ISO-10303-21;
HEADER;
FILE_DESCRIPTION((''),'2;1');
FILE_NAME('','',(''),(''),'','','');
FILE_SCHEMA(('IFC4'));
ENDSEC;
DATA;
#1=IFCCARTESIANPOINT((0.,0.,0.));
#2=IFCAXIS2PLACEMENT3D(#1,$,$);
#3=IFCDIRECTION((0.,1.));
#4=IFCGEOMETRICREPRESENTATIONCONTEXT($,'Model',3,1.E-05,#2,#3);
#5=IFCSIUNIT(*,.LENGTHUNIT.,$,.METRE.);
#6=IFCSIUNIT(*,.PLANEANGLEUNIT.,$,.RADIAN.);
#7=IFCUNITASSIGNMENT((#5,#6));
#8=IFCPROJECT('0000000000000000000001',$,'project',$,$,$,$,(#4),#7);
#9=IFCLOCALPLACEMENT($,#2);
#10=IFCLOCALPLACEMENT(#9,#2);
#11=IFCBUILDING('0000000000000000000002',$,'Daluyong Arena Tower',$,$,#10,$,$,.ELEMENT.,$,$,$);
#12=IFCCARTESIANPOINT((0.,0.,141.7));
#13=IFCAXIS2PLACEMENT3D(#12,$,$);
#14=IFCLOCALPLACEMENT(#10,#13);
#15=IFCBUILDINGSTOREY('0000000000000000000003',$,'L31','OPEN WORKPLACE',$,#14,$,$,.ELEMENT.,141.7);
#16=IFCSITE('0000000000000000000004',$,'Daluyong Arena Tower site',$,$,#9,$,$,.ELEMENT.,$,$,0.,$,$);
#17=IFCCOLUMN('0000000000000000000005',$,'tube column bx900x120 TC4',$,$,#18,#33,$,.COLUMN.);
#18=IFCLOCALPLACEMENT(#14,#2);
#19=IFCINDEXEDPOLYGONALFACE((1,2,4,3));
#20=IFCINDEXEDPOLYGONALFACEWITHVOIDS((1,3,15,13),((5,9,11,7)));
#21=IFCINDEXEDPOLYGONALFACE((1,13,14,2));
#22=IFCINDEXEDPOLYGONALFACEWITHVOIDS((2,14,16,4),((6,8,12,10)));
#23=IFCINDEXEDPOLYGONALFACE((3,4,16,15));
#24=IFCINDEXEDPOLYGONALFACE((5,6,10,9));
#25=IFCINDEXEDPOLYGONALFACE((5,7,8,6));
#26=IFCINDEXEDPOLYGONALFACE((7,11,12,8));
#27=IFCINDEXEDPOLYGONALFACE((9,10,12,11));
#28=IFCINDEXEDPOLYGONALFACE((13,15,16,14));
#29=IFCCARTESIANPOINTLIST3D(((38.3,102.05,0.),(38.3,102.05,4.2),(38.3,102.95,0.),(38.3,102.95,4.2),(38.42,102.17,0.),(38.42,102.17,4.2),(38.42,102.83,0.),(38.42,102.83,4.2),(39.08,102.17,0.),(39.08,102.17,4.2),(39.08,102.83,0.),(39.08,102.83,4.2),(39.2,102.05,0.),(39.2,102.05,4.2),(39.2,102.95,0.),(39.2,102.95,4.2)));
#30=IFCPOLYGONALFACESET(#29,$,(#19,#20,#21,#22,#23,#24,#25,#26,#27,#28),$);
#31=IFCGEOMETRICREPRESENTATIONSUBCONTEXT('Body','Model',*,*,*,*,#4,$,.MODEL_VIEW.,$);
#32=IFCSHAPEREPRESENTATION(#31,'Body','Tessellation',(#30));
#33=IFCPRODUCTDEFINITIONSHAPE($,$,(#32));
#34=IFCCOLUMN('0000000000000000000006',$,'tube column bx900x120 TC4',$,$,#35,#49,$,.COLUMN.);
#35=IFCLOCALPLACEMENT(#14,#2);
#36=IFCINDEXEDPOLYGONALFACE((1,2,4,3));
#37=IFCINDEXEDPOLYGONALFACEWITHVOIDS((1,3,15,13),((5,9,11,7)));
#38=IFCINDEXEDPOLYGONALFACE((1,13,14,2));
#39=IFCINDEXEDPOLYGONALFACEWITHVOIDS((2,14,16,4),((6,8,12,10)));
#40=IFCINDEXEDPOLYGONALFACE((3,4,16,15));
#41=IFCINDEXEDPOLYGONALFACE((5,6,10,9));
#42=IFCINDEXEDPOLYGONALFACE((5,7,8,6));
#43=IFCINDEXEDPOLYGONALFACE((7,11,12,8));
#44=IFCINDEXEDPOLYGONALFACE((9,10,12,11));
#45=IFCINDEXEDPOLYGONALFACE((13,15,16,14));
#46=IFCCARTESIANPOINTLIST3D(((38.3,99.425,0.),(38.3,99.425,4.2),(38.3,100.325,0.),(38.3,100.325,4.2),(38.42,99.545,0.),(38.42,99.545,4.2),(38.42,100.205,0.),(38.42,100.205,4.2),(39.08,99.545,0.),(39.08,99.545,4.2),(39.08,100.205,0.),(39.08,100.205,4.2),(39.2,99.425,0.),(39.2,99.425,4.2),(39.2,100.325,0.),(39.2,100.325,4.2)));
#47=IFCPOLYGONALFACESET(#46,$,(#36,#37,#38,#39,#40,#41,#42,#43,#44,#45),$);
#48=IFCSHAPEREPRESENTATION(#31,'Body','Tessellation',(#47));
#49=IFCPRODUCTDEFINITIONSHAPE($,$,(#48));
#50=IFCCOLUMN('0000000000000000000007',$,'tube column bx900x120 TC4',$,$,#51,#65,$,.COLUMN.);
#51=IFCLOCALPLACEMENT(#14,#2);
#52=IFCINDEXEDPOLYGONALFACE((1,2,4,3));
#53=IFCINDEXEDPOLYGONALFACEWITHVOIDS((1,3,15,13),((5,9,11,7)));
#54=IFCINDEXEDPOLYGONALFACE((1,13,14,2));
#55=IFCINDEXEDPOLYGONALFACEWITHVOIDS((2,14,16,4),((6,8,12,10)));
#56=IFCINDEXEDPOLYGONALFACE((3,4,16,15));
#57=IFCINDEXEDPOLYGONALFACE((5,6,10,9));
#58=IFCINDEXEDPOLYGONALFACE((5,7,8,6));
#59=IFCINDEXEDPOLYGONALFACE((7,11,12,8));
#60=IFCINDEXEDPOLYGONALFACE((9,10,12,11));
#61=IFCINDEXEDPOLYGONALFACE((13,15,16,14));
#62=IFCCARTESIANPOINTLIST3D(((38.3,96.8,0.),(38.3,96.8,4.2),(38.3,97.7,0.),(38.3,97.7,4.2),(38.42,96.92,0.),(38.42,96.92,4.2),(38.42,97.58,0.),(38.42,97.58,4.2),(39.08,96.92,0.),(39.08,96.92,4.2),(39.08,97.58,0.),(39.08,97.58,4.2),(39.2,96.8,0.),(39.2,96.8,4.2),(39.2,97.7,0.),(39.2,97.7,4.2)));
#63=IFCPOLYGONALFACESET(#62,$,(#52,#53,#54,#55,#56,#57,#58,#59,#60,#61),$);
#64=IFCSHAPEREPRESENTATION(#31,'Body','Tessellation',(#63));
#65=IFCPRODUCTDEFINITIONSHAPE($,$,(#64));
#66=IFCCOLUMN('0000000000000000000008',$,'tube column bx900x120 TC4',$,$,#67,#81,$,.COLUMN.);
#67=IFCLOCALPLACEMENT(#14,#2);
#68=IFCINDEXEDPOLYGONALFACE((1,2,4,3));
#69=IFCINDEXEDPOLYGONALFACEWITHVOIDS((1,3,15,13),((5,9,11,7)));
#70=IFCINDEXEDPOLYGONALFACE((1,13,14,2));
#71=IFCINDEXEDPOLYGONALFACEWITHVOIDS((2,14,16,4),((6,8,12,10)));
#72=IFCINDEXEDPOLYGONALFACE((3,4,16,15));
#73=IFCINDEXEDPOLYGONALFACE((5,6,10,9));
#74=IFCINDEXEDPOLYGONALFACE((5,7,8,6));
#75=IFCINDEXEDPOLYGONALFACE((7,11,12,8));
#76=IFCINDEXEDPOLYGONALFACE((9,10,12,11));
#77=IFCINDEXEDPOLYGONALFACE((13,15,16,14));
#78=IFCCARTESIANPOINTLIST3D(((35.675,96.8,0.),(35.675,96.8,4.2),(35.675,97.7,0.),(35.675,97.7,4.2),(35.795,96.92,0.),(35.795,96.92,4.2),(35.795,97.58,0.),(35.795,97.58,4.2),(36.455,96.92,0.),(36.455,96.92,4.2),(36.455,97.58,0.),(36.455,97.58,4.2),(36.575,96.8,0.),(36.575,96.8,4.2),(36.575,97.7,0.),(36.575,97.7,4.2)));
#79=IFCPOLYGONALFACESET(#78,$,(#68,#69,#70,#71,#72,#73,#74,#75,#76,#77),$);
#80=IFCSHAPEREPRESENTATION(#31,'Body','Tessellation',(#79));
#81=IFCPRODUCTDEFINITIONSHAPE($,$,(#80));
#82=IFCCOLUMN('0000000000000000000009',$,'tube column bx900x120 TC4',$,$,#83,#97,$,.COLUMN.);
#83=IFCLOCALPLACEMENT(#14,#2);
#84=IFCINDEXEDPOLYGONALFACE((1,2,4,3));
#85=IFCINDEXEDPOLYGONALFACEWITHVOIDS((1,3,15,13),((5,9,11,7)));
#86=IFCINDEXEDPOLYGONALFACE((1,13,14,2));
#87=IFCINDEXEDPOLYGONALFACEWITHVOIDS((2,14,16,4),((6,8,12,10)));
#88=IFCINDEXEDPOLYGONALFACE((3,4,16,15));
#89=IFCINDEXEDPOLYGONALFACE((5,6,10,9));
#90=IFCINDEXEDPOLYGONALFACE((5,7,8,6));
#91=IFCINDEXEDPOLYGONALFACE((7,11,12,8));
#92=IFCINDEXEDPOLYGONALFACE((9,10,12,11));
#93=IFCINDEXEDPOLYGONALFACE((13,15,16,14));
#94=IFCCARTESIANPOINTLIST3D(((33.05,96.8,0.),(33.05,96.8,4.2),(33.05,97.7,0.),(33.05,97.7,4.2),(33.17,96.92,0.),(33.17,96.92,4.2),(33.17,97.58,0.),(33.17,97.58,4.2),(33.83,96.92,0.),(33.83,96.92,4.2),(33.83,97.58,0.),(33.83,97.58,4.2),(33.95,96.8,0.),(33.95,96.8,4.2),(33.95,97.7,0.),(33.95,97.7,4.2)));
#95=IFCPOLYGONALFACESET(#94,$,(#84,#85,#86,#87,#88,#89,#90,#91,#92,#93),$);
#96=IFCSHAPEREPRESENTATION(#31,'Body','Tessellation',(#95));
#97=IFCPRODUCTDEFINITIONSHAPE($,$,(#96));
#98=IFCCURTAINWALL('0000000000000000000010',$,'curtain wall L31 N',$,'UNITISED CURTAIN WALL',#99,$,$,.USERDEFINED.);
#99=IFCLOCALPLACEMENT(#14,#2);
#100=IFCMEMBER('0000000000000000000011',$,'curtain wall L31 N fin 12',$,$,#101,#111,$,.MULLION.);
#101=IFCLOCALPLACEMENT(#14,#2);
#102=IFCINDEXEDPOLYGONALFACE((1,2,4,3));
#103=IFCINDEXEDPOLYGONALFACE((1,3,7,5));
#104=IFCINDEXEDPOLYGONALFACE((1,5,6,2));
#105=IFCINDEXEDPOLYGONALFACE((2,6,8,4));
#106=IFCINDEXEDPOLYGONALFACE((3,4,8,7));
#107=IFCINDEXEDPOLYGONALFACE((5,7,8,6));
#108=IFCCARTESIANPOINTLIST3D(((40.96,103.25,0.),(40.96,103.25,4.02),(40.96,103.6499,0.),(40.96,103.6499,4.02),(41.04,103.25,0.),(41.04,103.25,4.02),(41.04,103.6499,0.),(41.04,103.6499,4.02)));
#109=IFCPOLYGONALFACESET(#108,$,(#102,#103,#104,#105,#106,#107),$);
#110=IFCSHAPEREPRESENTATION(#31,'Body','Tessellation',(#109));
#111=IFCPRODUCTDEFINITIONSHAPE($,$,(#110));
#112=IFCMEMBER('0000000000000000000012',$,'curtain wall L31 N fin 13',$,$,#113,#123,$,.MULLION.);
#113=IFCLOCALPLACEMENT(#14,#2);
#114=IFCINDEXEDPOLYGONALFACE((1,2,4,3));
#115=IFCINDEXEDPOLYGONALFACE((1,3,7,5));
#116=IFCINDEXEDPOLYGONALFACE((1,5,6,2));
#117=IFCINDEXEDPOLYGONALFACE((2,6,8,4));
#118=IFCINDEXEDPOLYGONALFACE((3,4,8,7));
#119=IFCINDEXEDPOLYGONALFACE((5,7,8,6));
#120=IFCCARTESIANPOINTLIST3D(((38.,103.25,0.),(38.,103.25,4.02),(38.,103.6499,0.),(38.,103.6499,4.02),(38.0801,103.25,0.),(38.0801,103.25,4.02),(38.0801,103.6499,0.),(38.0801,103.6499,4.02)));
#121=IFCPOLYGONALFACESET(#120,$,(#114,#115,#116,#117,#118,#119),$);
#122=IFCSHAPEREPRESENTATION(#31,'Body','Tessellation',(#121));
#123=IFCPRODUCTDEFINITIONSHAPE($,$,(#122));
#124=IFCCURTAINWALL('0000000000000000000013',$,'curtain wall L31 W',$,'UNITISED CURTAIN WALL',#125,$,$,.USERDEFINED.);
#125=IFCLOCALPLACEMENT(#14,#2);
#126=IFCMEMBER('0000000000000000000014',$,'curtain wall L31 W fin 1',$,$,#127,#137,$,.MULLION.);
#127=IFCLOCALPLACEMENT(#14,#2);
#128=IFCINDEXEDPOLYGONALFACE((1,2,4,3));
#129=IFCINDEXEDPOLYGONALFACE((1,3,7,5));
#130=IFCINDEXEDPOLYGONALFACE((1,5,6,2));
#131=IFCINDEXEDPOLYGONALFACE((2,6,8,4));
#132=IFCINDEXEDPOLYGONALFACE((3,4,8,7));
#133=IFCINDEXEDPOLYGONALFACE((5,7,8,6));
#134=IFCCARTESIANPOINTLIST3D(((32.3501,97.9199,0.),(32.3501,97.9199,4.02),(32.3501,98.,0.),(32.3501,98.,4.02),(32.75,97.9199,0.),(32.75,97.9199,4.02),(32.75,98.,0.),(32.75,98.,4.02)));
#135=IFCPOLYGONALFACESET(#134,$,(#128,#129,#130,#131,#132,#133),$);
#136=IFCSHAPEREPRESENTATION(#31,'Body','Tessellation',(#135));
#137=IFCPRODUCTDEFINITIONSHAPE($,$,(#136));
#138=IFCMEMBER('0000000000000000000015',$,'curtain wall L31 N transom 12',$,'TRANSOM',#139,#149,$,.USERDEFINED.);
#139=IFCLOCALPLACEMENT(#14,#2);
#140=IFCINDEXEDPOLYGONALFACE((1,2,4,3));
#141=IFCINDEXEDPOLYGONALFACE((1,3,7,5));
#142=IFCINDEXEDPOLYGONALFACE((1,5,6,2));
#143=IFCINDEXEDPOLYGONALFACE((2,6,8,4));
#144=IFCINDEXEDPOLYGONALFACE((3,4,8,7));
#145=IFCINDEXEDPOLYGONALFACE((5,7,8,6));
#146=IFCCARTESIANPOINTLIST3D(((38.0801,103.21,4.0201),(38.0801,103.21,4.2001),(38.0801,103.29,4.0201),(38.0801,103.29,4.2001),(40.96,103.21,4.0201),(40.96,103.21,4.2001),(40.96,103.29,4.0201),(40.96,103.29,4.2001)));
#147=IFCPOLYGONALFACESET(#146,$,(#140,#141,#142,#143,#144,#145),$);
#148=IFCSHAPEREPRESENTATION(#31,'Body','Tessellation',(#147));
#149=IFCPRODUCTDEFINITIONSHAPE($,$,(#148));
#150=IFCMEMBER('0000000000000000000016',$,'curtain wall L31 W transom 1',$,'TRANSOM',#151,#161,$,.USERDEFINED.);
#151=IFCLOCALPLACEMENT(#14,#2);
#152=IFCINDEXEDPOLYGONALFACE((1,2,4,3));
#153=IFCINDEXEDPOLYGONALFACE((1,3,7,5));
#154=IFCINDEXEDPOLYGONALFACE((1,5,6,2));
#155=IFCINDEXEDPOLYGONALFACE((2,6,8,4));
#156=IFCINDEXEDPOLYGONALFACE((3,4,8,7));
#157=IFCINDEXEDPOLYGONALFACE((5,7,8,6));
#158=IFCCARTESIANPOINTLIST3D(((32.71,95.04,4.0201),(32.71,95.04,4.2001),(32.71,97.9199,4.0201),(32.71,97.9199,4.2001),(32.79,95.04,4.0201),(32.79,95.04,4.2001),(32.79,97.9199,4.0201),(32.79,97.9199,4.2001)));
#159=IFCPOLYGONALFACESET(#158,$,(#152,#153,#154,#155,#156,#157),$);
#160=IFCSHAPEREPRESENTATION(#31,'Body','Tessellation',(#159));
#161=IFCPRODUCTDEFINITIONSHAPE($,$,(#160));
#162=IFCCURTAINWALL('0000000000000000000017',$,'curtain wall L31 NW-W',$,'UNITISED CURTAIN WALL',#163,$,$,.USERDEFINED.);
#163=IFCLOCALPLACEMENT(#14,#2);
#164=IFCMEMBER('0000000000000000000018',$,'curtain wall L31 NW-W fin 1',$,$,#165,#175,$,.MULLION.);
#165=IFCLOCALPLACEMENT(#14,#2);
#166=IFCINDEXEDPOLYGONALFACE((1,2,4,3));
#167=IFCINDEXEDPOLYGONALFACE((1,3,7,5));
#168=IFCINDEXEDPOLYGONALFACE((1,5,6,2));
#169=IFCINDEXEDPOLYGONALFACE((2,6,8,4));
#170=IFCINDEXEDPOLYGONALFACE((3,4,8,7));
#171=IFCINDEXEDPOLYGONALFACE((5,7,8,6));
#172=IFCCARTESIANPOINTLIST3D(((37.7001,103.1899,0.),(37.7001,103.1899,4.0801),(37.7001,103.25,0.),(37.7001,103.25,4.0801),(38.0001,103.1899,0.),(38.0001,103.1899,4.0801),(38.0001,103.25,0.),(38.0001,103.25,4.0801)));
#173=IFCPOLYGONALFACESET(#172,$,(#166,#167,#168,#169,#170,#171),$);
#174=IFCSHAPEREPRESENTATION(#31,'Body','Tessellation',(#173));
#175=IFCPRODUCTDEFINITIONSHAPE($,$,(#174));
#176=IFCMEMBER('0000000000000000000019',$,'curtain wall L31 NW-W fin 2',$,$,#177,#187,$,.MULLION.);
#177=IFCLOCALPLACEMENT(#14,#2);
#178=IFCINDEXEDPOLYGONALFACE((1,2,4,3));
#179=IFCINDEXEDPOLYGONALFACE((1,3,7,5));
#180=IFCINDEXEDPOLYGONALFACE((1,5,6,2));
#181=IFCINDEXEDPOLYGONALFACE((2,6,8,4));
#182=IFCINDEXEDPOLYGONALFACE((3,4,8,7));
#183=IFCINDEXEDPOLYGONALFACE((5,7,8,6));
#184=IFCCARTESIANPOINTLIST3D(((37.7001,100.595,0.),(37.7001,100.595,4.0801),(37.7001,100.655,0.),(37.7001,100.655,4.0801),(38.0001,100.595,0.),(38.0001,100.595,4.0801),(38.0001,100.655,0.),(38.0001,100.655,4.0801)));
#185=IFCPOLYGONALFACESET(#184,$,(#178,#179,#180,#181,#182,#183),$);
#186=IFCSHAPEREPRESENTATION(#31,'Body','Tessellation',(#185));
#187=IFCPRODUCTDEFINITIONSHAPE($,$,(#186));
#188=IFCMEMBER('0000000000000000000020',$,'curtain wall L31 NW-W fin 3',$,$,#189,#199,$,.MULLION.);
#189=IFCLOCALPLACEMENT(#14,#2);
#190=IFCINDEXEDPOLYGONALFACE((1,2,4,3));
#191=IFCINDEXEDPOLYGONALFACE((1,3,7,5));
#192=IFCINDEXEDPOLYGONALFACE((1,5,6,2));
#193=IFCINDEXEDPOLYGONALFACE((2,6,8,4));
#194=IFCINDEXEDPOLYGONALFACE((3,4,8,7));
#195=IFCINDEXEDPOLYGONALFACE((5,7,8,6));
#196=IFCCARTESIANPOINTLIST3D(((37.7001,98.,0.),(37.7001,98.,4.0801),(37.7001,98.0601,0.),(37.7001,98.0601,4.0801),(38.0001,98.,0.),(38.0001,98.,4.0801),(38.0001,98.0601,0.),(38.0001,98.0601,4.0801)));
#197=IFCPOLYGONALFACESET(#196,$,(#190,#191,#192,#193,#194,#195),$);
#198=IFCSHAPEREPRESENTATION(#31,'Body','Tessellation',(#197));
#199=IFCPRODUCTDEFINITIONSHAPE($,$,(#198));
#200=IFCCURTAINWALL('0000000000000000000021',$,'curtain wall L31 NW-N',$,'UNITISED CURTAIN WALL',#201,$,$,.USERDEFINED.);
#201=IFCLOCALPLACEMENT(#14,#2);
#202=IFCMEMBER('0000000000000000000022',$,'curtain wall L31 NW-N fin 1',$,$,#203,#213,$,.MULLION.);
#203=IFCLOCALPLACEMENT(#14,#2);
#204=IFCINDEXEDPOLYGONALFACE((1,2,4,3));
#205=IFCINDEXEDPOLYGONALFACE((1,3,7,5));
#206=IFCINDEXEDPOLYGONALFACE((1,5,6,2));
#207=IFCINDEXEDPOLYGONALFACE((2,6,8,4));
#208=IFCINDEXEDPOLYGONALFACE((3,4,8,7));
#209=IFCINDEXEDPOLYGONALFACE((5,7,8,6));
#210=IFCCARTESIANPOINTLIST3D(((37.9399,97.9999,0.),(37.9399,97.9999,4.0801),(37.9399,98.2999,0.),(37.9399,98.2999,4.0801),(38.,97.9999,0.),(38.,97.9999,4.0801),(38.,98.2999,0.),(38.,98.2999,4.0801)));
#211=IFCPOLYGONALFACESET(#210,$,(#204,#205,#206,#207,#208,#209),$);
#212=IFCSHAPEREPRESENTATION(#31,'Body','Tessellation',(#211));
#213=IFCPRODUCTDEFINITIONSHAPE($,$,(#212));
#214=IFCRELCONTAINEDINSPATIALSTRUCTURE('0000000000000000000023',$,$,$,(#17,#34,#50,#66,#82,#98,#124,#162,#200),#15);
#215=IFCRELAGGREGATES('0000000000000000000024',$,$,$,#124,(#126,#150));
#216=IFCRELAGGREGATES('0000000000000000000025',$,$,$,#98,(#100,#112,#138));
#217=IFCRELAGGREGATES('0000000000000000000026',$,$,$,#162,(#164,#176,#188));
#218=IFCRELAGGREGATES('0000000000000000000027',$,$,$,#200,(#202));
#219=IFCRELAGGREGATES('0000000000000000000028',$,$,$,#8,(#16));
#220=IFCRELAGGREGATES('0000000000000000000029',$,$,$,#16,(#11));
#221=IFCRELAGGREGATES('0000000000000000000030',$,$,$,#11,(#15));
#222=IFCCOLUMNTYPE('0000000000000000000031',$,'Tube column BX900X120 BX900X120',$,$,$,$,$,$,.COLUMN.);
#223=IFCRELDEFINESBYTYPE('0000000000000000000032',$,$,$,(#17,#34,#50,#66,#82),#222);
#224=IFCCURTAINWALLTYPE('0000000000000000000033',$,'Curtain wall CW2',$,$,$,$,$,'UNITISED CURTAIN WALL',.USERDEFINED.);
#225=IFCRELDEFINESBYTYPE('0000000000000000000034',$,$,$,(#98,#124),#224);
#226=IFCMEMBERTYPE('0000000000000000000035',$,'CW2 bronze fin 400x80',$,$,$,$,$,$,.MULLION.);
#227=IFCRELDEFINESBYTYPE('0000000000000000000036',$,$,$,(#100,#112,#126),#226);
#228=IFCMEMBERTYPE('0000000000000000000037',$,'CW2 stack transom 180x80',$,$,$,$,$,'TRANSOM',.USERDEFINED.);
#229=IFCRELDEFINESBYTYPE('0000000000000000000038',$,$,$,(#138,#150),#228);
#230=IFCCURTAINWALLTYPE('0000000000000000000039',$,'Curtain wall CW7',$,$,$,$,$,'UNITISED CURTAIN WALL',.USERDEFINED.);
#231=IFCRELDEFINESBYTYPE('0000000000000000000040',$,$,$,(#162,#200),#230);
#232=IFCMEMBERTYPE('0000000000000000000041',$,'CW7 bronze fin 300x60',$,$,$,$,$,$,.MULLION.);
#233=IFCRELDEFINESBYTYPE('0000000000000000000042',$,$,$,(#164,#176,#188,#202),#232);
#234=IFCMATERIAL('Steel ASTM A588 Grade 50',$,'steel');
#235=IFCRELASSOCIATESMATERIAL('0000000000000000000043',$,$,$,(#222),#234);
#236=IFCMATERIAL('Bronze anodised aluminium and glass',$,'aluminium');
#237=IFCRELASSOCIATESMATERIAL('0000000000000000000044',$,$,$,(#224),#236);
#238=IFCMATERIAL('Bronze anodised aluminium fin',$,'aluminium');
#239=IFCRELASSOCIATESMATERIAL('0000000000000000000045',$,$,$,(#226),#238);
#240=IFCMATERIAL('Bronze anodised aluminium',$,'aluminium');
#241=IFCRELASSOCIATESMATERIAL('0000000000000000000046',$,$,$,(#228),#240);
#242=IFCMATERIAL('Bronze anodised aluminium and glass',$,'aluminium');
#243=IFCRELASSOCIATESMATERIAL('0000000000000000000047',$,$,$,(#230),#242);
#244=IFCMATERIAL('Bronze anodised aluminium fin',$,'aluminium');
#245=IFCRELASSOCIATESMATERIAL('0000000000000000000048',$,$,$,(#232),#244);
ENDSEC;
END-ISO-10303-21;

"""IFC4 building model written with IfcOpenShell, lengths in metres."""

from ifc_helpers import new_model, si_unit, direction, frame, origin, origin_2d, place, context, subcontext, project, spatial, rectangle, hollow_rectangle, extrude, material, material_profile, profile_set, type_object, element, aggregate, save


model = new_model("IFC4")

# Units and contexts
model_context = context("Model", 3, precision=1e-05, world=origin(), true_north=direction((0.0, 1.0)))
body_context = subcontext(model_context, "Body", "Model", "MODEL_VIEW")
ifc_project = project(units=[si_unit("LENGTHUNIT", "METRE"), si_unit("PLANEANGLEUNIT", "RADIAN")], contexts=[model_context])

# Site, building, storey
site_placement = place(None, origin())
site = spatial("IfcSite", under=ifc_project, at=site_placement, Name="Daluyong Arena Tower site", CompositionType="ELEMENT", RefElevation=0.0)
building_placement = place(site_placement, origin())
building = spatial("IfcBuilding", under=site, at=building_placement, Name="Daluyong Arena Tower", CompositionType="ELEMENT")
storey_placement = place(building_placement, frame((0.0, 0.0, 141.7)))
storey = spatial("IfcBuildingStorey", under=building, at=storey_placement, Name="L31", Description="OPEN WORKPLACE", CompositionType="ELEMENT", Elevation=141.7)

# Columns
ifc_material_1 = material(Name="Steel ASTM A588 Grade 50", Category="steel")
ifc_material_profile_1 = material_profile(ifc_material_1, hollow_rectangle(XDim=0.8999, YDim=0.8999, WallThickness=0.12, at=origin_2d()))
ifc_profile_set_1 = profile_set([ifc_material_profile_1], Name="Steel ASTM A588 Grade 50")
column_type = type_object("IfcColumnType", Name="Tube column BX900X120 BX900X120", PredefinedType="COLUMN", material=ifc_profile_set_1)
for number, where, z_axis, x_axis, name in (
    (1, (38.75, 102.5, 0.0), (0.0, 0.0, 1.0), (0.0, 1.0, 0.0), "tube column bx900x120 TC4"),
    (2, (38.75, 99.875, 0.0), (0.0, 0.0, 1.0), (0.0, 1.0, 0.0), "tube column bx900x120 TC4"),
    (3, (38.75, 97.25, 0.0), (0.0, 0.0, 1.0), (1.0, 0.0, 0.0), "tube column bx900x120 TC4"),
    (4, (36.125, 97.25, 0.0), (0.0, 0.0, 1.0), (1.0, 0.0, 0.0), "tube column bx900x120 TC4"),
    (5, (33.5, 97.25, 0.0), (0.0, 0.0, 1.0), (0.0, 1.0, 0.0), "tube column bx900x120 TC4"),
):
    element("IfcColumn", number, at=place(storey_placement, frame(where, z_axis=z_axis, x_axis=x_axis)), inside=storey, type_object=column_type, Name=name, PredefinedType="COLUMN", context=body_context, shape_type="SweptSolid", body=[
        extrude(hollow_rectangle(XDim=0.8999, YDim=0.8999, WallThickness=0.12, at=origin_2d()), origin(), (0.0, 0.0, 1.0), 4.2),
    ])

# Curtain wall, members
ifc_material_2 = material(Name="Bronze anodised aluminium and glass", Category="aluminium")
curtain_wall_type_1 = type_object("IfcCurtainWallType", Name="Curtain wall CW2", ElementType="UNITISED CURTAIN WALL", PredefinedType="USERDEFINED", material=ifc_material_2)
curtain_wall_1_placement = place(storey_placement, origin())
curtain_wall_1 = element("IfcCurtainWall", 6, at=curtain_wall_1_placement, inside=storey, type_object=curtain_wall_type_1, Name="curtain wall L31 N", ObjectType="UNITISED CURTAIN WALL", PredefinedType="USERDEFINED")
ifc_material_3 = material(Name="Bronze anodised aluminium fin", Category="aluminium")
ifc_material_profile_2 = material_profile(ifc_material_3, rectangle(XDim=0.3999, YDim=0.0801, at=origin_2d()))
ifc_profile_set_2 = profile_set([ifc_material_profile_2], Name="Bronze anodised aluminium fin")
member_type_1 = type_object("IfcMemberType", Name="CW2 bronze fin 400x80", PredefinedType="MULLION", material=ifc_profile_set_2)
member_1_placement = place(storey_placement, frame((41.0, 103.45, 0.0), z_axis=(0.0, 0.0, 1.0), x_axis=(0.0, -1.0, 0.0)))
member_1 = element("IfcMember", 7, at=member_1_placement, type_object=member_type_1, Name="curtain wall L31 N fin 12", PredefinedType="MULLION", context=body_context, shape_type="SweptSolid", body=[
    extrude(rectangle(XDim=0.3999, YDim=0.0801, at=origin_2d()), origin(), (0.0, 0.0, 1.0), 4.02),
])
member_2_placement = place(storey_placement, frame((38.04, 103.45, 0.0), z_axis=(0.0, 0.0, 1.0), x_axis=(0.0, -1.0, 0.0)))
member_2 = element("IfcMember", 8, at=member_2_placement, type_object=member_type_1, Name="curtain wall L31 N fin 13", PredefinedType="MULLION", context=body_context, shape_type="SweptSolid", body=[
    extrude(rectangle(XDim=0.3999, YDim=0.0801, at=origin_2d()), origin(), (0.0, 0.0, 1.0), 4.02),
])

# Curtain wall, member
curtain_wall_2_placement = place(storey_placement, origin())
curtain_wall_2 = element("IfcCurtainWall", 9, at=curtain_wall_2_placement, inside=storey, type_object=curtain_wall_type_1, Name="curtain wall L31 W", ObjectType="UNITISED CURTAIN WALL", PredefinedType="USERDEFINED")
member_3_placement = place(storey_placement, frame((32.55, 97.96, 0.0), z_axis=(0.0, 0.0, 1.0), x_axis=(1.0, 0.0, 0.0)))
member_3 = element("IfcMember", 10, at=member_3_placement, type_object=member_type_1, Name="curtain wall L31 W fin 1", PredefinedType="MULLION", context=body_context, shape_type="SweptSolid", body=[
    extrude(rectangle(XDim=0.3999, YDim=0.0801, at=origin_2d()), origin(), (0.0, 0.0, 1.0), 4.02),
])

# Members
ifc_material_4 = material(Name="Bronze anodised aluminium", Category="aluminium")
ifc_material_profile_3 = material_profile(ifc_material_4, rectangle(XDim=0.0801, YDim=0.1799, at=origin_2d()))
ifc_profile_set_3 = profile_set([ifc_material_profile_3], Name="Bronze anodised aluminium")
member_type_2 = type_object("IfcMemberType", Name="CW2 stack transom 180x80", ElementType="TRANSOM", PredefinedType="USERDEFINED", material=ifc_profile_set_3)
member_4_placement = place(storey_placement, frame((40.96, 103.25, 4.1101), z_axis=(-1.0, 0.0, 0.0), x_axis=(0.0, -1.0, 0.0)))
member_4 = element("IfcMember", 11, at=member_4_placement, type_object=member_type_2, Name="curtain wall L31 N transom 12", ObjectType="TRANSOM", PredefinedType="USERDEFINED", context=body_context, shape_type="SweptSolid", body=[
    extrude(rectangle(XDim=0.0801, YDim=0.1799, at=origin_2d()), origin(), (0.0, 0.0, 1.0), 2.8799),
])
member_5_placement = place(storey_placement, frame((32.75, 97.9199, 4.1101), z_axis=(0.0, -1.0, 0.0), x_axis=(1.0, 0.0, 0.0)))
member_5 = element("IfcMember", 12, at=member_5_placement, type_object=member_type_2, Name="curtain wall L31 W transom 1", ObjectType="TRANSOM", PredefinedType="USERDEFINED", context=body_context, shape_type="SweptSolid", body=[
    extrude(rectangle(XDim=0.0801, YDim=0.1799, at=origin_2d()), origin(), (0.0, 0.0, 1.0), 2.8799),
])
aggregate(curtain_wall_2, [member_3, member_5])

# Curtain walls, members
ifc_material_5 = material(Name="Bronze anodised aluminium and glass", Category="aluminium")
curtain_wall_type_2 = type_object("IfcCurtainWallType", Name="Curtain wall CW7", ElementType="UNITISED CURTAIN WALL", PredefinedType="USERDEFINED", material=ifc_material_5)
curtain_wall_3_placement = place(storey_placement, origin())
curtain_wall_3 = element("IfcCurtainWall", 13, at=curtain_wall_3_placement, inside=storey, type_object=curtain_wall_type_2, Name="curtain wall L31 NW-W", ObjectType="UNITISED CURTAIN WALL", PredefinedType="USERDEFINED")
ifc_material_6 = material(Name="Bronze anodised aluminium fin", Category="aluminium")
ifc_material_profile_4 = material_profile(ifc_material_6, rectangle(XDim=0.3, YDim=0.0601, at=origin_2d()))
ifc_profile_set_4 = profile_set([ifc_material_profile_4], Name="Bronze anodised aluminium fin")
member_type_3 = type_object("IfcMemberType", Name="CW7 bronze fin 300x60", PredefinedType="MULLION", material=ifc_profile_set_4)
member_6_placement = place(storey_placement, frame((37.8501, 103.22, 0.0), z_axis=(0.0, 0.0, 1.0), x_axis=(1.0, 0.0, 0.0)))
member_6 = element("IfcMember", 14, at=member_6_placement, type_object=member_type_3, Name="curtain wall L31 NW-W fin 1", PredefinedType="MULLION", context=body_context, shape_type="SweptSolid", body=[
    extrude(rectangle(XDim=0.3, YDim=0.0601, at=origin_2d()), origin(), (0.0, 0.0, 1.0), 4.0801),
])
member_7_placement = place(storey_placement, frame((37.8501, 100.625, 0.0), z_axis=(0.0, 0.0, 1.0), x_axis=(1.0, 0.0, 0.0)))
member_7 = element("IfcMember", 15, at=member_7_placement, type_object=member_type_3, Name="curtain wall L31 NW-W fin 2", PredefinedType="MULLION", context=body_context, shape_type="SweptSolid", body=[
    extrude(rectangle(XDim=0.3, YDim=0.0601, at=origin_2d()), origin(), (0.0, 0.0, 1.0), 4.0801),
])
member_8_placement = place(storey_placement, frame((37.8501, 98.03, 0.0), z_axis=(0.0, 0.0, 1.0), x_axis=(1.0, 0.0, 0.0)))
member_8 = element("IfcMember", 16, at=member_8_placement, type_object=member_type_3, Name="curtain wall L31 NW-W fin 3", PredefinedType="MULLION", context=body_context, shape_type="SweptSolid", body=[
    extrude(rectangle(XDim=0.3, YDim=0.0601, at=origin_2d()), origin(), (0.0, 0.0, 1.0), 4.0801),
])
curtain_wall_4_placement = place(storey_placement, origin())
curtain_wall_4 = element("IfcCurtainWall", 17, at=curtain_wall_4_placement, inside=storey, type_object=curtain_wall_type_2, Name="curtain wall L31 NW-N", ObjectType="UNITISED CURTAIN WALL", PredefinedType="USERDEFINED")
member_9_placement = place(storey_placement, frame((37.97, 98.1499, 0.0), z_axis=(0.0, 0.0, 1.0), x_axis=(0.0, -1.0, 0.0)))
member_9 = element("IfcMember", 18, at=member_9_placement, type_object=member_type_3, Name="curtain wall L31 NW-N fin 1", PredefinedType="MULLION", context=body_context, shape_type="SweptSolid", body=[
    extrude(rectangle(XDim=0.3, YDim=0.0601, at=origin_2d()), origin(), (0.0, 0.0, 1.0), 4.0801),
])

aggregate(curtain_wall_1, [member_1, member_2, member_4])
aggregate(curtain_wall_3, [member_6, member_7, member_8])
aggregate(curtain_wall_4, [member_9])

save(model, "model.ifc")
